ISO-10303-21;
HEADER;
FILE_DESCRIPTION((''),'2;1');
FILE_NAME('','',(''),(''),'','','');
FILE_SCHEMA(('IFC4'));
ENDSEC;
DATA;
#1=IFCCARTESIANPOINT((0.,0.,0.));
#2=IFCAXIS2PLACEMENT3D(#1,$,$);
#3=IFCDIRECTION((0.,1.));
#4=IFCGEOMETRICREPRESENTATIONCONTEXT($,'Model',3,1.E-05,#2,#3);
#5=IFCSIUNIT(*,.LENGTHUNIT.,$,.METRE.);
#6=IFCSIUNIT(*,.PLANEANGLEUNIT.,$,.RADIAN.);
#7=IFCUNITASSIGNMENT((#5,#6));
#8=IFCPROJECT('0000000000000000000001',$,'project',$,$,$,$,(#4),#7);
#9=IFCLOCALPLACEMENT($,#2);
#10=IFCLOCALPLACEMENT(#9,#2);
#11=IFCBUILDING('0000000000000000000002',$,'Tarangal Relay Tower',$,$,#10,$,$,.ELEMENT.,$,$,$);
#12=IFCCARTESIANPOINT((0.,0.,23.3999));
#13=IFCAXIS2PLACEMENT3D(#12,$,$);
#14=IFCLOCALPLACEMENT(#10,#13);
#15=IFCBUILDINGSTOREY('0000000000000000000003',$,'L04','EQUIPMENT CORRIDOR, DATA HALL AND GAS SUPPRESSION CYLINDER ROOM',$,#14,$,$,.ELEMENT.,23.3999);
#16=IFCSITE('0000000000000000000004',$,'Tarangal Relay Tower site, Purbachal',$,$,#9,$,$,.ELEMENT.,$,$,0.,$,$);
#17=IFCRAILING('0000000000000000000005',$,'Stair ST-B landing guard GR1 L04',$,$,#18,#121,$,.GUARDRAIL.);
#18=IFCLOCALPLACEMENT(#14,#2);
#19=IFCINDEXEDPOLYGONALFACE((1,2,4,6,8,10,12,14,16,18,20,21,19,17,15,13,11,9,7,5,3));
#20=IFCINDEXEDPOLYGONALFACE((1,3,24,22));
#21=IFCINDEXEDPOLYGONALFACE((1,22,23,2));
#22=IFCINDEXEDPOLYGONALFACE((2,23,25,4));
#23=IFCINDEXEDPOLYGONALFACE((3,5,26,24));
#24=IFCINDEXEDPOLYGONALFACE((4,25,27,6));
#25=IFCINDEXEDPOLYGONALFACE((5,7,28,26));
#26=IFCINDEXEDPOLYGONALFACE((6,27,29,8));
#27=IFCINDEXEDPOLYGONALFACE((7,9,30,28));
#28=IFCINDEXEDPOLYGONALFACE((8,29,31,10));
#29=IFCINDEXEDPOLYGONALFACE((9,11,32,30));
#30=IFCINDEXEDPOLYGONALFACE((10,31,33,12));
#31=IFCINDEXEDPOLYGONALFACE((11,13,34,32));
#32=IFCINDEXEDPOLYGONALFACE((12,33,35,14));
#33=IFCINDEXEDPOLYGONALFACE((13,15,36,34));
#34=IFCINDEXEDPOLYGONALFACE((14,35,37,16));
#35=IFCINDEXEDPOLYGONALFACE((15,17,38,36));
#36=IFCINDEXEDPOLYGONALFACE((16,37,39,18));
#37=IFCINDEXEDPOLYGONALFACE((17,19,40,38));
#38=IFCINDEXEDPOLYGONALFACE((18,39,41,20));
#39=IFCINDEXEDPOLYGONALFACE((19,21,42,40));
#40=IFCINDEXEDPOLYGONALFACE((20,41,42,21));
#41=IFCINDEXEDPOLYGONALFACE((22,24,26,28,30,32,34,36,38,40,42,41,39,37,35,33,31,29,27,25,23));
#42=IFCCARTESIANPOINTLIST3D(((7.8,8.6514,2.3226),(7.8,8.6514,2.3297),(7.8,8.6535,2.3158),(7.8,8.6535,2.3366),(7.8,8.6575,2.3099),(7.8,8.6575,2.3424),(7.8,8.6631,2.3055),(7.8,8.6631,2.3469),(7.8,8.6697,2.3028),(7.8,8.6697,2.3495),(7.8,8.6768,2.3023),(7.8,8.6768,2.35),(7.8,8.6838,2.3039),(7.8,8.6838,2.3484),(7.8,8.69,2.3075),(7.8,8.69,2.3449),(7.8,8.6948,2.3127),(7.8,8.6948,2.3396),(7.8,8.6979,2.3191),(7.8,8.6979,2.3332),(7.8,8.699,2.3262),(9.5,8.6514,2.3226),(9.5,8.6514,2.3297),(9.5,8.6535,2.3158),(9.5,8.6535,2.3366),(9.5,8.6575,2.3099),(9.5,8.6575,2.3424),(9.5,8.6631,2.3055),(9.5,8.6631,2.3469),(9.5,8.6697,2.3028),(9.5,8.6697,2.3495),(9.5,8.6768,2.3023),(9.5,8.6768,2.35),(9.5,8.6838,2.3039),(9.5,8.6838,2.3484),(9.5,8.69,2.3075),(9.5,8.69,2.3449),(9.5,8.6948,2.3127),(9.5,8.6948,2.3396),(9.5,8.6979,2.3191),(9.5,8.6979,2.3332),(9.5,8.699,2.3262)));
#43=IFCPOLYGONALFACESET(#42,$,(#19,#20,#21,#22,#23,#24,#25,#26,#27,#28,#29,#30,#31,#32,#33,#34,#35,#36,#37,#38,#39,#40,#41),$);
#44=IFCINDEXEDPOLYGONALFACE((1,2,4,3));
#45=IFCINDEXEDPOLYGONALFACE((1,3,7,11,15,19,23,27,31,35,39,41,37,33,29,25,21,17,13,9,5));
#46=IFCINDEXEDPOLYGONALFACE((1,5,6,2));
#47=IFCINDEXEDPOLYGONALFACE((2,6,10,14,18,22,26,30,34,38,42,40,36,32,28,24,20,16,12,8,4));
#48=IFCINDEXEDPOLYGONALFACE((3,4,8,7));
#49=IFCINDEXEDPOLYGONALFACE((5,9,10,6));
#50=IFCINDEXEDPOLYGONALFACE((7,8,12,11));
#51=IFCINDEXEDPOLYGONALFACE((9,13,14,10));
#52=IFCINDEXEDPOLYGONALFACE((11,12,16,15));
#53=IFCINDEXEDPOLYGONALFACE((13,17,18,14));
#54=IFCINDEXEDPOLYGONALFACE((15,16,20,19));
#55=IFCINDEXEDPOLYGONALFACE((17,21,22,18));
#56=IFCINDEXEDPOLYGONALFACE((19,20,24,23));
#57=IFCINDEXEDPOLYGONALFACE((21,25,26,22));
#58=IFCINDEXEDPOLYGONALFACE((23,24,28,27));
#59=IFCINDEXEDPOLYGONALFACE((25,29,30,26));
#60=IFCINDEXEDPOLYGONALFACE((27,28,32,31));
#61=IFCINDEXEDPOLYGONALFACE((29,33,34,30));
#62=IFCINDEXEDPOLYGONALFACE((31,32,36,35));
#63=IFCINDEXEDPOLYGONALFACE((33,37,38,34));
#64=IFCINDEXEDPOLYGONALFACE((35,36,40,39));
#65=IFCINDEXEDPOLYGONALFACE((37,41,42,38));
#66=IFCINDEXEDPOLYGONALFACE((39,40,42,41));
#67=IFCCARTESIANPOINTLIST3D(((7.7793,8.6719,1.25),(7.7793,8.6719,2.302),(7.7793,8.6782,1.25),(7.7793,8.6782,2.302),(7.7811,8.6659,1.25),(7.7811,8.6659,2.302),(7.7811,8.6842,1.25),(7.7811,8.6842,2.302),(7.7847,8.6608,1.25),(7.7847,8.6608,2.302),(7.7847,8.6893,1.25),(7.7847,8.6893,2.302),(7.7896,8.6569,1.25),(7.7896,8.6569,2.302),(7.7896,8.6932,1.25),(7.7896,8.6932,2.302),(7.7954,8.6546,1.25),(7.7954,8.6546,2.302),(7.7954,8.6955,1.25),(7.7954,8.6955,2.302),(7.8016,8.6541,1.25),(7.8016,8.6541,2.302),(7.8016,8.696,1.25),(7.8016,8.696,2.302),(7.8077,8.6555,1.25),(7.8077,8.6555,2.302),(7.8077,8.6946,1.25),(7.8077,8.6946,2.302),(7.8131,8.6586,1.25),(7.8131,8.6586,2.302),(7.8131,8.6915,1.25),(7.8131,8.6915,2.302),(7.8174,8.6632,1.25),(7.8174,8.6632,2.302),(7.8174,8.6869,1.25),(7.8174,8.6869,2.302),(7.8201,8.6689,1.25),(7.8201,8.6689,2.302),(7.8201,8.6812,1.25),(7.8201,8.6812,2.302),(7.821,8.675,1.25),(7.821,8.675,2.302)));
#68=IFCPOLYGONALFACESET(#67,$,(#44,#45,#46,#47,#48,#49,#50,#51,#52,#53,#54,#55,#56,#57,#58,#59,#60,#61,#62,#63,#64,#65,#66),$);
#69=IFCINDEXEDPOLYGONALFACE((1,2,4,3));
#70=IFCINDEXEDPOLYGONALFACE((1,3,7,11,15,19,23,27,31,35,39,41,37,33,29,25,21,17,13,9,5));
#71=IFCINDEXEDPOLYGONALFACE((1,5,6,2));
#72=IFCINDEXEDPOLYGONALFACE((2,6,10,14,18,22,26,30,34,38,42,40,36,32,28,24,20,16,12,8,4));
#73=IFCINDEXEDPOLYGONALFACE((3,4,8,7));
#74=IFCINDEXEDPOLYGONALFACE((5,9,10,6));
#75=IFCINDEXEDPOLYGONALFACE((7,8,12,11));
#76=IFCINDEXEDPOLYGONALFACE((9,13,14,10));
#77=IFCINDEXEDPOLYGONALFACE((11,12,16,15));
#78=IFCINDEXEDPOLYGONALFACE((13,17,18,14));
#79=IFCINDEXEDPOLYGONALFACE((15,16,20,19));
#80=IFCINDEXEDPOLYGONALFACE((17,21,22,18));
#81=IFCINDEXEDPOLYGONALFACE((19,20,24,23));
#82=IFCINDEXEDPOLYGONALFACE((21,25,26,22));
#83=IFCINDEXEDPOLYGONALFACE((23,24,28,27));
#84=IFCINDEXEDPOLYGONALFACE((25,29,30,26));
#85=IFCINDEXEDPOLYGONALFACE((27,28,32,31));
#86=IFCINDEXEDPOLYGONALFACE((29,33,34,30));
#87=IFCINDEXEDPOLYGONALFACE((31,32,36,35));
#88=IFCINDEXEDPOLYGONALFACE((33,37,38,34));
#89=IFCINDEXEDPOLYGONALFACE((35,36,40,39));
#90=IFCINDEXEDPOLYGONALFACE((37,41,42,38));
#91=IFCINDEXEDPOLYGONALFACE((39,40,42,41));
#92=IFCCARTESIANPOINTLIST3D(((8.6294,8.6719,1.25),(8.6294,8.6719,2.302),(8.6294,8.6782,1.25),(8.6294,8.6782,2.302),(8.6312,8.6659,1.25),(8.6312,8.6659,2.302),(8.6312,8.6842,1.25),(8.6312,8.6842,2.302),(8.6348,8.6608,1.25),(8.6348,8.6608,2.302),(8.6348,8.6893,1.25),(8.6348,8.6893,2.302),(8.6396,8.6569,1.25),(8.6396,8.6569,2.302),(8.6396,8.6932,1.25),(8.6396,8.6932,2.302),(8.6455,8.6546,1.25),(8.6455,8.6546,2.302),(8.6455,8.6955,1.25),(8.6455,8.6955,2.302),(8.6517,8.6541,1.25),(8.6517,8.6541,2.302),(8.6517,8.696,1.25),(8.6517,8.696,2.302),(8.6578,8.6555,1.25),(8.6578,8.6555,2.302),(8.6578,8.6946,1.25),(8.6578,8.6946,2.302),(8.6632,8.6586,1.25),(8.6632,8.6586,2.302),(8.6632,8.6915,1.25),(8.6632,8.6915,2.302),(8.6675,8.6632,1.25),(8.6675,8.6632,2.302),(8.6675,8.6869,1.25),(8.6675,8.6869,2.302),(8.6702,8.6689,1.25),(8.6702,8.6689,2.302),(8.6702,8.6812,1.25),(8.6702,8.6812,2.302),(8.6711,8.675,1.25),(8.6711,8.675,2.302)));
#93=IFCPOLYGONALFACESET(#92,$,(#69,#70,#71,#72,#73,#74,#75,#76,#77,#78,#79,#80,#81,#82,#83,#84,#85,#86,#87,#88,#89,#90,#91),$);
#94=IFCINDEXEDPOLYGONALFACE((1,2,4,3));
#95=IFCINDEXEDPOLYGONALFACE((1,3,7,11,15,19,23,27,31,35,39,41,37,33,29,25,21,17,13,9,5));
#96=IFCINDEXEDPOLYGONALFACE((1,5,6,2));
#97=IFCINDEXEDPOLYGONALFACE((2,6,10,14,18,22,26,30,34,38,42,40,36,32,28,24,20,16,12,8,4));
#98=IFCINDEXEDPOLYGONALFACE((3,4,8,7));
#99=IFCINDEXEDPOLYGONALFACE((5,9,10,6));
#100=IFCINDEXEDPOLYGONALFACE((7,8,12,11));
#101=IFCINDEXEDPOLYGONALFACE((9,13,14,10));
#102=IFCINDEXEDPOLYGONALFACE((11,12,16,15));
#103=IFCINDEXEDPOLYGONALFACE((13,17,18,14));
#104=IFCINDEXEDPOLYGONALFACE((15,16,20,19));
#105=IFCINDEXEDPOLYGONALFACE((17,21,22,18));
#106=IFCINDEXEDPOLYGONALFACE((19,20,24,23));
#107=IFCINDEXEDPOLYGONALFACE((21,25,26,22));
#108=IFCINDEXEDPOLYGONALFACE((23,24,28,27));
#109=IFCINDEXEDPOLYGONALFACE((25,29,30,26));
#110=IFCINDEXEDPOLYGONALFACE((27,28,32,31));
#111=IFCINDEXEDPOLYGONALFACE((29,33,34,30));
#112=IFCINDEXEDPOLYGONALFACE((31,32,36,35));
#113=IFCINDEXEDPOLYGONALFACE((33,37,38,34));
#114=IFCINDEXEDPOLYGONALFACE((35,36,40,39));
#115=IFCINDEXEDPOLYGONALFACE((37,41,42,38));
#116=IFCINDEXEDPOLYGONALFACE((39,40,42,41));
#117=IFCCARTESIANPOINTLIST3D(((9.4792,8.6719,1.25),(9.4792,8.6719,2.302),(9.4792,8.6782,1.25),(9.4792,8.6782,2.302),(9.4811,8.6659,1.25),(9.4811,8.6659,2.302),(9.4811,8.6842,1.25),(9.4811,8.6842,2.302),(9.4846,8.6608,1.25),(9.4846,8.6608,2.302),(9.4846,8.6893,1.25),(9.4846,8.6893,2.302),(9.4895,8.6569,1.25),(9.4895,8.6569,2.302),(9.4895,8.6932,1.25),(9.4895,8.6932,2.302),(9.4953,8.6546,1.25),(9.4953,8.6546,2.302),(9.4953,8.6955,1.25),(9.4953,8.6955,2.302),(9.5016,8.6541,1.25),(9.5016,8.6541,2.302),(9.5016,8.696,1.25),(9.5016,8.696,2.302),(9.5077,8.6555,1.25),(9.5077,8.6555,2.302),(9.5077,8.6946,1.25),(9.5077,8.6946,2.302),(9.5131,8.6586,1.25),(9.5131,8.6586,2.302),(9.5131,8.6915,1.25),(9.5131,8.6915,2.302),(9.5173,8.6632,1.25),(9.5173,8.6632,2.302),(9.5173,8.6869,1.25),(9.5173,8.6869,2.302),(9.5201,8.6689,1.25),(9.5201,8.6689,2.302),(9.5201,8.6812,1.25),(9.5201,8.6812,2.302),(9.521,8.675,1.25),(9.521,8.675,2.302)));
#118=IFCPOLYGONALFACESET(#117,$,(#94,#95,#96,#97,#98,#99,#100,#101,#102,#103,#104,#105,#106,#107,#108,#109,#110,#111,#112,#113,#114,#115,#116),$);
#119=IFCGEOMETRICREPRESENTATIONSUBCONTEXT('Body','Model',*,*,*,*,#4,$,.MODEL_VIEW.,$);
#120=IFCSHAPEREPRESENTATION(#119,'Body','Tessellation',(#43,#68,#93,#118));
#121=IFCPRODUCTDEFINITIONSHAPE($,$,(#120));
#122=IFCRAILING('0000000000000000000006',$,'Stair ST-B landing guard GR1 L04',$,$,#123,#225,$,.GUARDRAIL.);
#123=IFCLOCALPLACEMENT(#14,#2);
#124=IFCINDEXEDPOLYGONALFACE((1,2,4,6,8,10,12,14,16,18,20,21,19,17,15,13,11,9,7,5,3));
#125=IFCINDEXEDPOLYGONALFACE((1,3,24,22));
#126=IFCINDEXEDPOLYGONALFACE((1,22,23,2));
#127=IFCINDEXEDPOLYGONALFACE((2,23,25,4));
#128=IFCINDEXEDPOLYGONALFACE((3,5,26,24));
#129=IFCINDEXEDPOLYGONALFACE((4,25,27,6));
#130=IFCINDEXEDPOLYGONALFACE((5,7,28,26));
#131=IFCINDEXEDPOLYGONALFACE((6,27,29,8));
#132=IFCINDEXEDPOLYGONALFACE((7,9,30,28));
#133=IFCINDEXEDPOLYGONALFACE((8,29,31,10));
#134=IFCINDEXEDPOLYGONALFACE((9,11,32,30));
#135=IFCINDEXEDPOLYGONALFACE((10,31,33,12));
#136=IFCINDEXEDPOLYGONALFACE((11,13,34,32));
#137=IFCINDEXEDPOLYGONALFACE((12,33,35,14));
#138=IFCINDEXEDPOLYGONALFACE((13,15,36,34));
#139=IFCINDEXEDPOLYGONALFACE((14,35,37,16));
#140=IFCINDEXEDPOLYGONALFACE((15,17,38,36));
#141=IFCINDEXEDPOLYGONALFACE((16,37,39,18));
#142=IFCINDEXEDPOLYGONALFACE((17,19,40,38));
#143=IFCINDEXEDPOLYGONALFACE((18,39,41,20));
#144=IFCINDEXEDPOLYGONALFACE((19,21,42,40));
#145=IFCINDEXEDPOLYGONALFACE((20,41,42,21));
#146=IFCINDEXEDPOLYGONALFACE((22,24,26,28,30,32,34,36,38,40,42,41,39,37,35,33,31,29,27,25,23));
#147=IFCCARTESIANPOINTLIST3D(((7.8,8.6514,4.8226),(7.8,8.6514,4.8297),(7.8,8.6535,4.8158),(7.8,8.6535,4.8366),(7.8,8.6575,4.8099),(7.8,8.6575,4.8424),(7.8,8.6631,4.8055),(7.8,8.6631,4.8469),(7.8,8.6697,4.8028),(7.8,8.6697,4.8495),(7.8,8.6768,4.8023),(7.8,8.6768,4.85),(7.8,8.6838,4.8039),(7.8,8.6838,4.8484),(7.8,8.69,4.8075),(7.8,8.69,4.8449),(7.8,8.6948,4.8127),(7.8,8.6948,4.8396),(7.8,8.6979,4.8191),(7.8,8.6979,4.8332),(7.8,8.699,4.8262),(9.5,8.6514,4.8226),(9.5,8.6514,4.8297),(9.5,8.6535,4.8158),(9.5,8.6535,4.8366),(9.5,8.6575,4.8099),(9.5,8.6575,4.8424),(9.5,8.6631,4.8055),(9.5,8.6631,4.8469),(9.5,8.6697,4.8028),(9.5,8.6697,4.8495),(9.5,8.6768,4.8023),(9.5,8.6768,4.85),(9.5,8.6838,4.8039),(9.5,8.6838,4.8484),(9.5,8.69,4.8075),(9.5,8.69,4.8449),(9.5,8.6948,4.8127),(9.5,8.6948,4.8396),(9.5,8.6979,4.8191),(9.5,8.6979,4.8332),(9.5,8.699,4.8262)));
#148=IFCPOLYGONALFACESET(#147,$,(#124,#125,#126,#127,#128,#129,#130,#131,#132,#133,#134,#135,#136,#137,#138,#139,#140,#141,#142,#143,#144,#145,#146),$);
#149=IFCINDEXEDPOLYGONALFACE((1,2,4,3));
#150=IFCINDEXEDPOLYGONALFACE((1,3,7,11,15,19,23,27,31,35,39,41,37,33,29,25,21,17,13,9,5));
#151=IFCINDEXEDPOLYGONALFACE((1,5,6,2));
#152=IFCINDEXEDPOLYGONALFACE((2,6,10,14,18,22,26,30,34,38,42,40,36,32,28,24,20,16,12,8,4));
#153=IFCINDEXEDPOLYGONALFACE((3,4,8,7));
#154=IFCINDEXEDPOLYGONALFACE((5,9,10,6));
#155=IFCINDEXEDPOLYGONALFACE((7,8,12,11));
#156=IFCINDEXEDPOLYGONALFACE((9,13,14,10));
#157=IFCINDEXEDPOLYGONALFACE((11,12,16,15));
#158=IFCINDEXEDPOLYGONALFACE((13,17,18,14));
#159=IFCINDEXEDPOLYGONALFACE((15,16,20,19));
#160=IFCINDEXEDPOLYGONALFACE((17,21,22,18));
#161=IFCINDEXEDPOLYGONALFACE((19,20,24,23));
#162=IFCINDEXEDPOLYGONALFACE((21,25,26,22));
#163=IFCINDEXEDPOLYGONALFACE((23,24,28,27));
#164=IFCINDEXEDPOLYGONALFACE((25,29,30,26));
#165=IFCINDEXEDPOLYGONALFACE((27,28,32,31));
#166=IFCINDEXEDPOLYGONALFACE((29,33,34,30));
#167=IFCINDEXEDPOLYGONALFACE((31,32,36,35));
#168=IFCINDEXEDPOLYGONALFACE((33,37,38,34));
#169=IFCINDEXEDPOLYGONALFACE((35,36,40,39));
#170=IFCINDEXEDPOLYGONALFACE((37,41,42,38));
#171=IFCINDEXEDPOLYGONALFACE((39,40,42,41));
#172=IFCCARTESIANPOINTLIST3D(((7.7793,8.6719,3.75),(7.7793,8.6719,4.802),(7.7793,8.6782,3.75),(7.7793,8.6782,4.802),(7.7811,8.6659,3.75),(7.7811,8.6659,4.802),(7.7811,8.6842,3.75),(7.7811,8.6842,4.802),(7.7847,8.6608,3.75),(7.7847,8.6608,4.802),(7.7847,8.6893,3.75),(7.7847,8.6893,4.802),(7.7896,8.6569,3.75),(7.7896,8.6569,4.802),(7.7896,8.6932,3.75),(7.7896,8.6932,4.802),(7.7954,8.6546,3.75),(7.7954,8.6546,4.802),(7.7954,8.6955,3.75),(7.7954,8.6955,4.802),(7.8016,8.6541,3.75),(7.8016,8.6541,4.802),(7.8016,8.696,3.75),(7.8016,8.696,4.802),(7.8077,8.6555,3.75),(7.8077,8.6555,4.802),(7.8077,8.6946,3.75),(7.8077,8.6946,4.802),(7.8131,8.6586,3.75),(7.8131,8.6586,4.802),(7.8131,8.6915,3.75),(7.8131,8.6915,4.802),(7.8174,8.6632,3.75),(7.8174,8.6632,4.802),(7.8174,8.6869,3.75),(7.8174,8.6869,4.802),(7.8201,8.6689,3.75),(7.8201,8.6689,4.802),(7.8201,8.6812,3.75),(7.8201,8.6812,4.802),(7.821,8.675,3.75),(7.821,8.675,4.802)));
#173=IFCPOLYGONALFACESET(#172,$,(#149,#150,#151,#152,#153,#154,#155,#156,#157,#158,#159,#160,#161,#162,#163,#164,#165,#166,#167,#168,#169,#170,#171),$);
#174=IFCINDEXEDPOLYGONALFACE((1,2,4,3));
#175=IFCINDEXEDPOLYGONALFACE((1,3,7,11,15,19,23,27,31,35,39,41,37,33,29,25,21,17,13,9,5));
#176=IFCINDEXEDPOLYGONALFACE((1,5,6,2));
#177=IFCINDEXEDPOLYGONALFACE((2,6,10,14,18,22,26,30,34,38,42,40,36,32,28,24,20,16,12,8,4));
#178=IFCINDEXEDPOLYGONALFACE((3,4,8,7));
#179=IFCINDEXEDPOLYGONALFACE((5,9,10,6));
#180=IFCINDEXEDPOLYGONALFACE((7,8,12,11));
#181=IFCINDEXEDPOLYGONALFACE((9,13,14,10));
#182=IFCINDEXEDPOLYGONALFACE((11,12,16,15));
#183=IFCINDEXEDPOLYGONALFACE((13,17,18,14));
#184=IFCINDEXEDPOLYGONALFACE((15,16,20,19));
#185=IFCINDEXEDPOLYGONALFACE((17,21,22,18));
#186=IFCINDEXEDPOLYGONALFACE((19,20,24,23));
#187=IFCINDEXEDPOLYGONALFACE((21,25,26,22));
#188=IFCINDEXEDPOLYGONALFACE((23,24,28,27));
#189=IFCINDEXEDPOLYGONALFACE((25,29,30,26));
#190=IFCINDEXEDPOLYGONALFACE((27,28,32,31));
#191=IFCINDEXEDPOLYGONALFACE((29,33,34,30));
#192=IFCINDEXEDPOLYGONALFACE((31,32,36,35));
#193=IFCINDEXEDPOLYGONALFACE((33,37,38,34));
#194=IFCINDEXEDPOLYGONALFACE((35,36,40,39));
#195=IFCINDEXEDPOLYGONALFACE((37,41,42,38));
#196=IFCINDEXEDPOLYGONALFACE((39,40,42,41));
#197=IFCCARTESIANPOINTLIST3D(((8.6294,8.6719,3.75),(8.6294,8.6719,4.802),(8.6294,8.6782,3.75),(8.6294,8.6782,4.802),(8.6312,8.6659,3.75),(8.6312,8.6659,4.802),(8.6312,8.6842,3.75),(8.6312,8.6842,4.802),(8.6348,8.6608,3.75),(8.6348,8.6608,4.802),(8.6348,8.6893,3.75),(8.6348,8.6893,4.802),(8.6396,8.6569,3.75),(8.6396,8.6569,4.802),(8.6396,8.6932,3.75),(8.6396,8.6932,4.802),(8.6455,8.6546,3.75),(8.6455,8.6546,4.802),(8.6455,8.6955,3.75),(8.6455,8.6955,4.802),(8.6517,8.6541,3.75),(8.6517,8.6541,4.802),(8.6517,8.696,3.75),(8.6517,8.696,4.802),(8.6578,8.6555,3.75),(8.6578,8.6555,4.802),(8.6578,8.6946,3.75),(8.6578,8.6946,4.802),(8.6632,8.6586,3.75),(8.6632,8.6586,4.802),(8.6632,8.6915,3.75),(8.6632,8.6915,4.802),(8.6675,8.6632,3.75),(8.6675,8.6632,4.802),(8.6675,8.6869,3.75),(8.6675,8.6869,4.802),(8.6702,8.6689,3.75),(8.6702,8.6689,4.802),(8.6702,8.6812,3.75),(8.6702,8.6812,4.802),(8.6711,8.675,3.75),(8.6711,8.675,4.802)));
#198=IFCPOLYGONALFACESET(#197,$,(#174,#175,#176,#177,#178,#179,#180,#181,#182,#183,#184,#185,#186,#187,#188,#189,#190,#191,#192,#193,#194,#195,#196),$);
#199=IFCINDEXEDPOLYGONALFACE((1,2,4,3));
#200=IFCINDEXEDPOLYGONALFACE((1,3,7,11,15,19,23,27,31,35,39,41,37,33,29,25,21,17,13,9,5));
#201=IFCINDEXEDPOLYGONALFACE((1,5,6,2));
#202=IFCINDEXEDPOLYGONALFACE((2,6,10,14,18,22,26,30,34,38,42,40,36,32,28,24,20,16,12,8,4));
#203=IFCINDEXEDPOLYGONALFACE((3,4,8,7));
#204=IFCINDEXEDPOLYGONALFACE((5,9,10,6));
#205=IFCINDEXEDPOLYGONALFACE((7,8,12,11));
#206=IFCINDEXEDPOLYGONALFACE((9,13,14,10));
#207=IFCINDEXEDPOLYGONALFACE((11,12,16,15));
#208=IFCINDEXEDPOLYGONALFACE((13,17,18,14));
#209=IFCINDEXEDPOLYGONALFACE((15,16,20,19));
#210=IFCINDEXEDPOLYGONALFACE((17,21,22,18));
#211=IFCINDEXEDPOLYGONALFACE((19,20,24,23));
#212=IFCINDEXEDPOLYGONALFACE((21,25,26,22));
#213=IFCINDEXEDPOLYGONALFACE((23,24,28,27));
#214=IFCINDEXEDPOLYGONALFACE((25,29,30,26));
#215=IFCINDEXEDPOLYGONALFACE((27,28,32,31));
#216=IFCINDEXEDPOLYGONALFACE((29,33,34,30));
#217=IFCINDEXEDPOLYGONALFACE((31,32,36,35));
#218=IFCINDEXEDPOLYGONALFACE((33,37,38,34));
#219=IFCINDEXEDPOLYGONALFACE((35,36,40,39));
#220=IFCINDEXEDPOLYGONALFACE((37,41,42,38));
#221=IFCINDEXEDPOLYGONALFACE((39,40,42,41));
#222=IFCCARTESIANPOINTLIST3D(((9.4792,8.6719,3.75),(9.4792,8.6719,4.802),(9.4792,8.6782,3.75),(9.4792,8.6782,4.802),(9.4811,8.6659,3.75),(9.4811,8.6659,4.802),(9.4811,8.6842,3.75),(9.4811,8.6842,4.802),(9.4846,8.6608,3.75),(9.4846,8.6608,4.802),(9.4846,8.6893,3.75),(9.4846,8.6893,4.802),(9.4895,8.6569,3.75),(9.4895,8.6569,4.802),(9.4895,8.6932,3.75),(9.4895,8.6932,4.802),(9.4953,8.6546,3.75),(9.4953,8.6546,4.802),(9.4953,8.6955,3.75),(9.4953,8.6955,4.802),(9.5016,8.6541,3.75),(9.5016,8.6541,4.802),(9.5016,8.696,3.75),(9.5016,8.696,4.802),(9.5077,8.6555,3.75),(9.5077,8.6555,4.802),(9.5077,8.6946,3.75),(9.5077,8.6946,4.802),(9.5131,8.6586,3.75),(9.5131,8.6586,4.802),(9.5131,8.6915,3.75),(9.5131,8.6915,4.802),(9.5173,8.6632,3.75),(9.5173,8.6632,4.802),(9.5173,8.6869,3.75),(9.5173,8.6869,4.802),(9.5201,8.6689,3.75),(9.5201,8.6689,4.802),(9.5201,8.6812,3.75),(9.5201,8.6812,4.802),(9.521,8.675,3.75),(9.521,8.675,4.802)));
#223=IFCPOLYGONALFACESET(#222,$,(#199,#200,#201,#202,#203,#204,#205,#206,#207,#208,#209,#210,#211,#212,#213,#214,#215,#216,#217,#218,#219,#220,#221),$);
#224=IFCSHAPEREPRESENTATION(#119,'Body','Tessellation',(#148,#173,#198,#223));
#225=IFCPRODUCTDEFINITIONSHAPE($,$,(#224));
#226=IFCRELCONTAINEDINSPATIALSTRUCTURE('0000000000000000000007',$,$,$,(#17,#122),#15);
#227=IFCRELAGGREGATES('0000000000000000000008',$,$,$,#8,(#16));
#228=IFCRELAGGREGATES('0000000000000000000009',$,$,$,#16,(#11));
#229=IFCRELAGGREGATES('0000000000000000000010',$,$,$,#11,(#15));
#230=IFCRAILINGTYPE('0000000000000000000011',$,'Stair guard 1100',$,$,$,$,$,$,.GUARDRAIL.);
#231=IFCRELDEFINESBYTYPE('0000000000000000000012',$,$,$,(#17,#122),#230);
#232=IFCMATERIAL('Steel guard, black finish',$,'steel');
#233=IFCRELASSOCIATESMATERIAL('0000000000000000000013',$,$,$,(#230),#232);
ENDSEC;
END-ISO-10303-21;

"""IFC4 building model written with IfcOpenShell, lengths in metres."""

from ifc_helpers import new_model, si_unit, direction, frame, origin, origin_2d, place, context, subcontext, project, spatial, circle, extrude, material, type_object, element, save


model = new_model("IFC4")

# Units and contexts
model_context = context("Model", 3, precision=1e-05, world=origin(), true_north=direction((0.0, 1.0)))
body_context = subcontext(model_context, "Body", "Model", "MODEL_VIEW")
ifc_project = project(units=[si_unit("LENGTHUNIT", "METRE"), si_unit("PLANEANGLEUNIT", "RADIAN")], contexts=[model_context])

# Site, building, storey
site_placement = place(None, origin())
site = spatial("IfcSite", under=ifc_project, at=site_placement, Name="Tarangal Relay Tower site, Purbachal", CompositionType="ELEMENT", RefElevation=0.0)
building_placement = place(site_placement, origin())
building = spatial("IfcBuilding", under=site, at=building_placement, Name="Tarangal Relay Tower", CompositionType="ELEMENT")
storey_placement = place(building_placement, frame((0.0, 0.0, 23.3999)))
storey = spatial("IfcBuildingStorey", under=building, at=storey_placement, Name="L04", Description="EQUIPMENT CORRIDOR, DATA HALL AND GAS SUPPRESSION CYLINDER ROOM", CompositionType="ELEMENT", Elevation=23.3999)

# Railings
ifc_material_1 = material(Name="Steel guard, black finish", Category="steel")
railing_type_1 = type_object("IfcRailingType", Name="Stair guard 1100", PredefinedType="GUARDRAIL", material=ifc_material_1)
for number, where, name in (
    (1, (7.8, 8.675, 1.25), "Stair ST-B landing guard GR1 L04"),
    (2, (7.8, 8.675, 3.75), "Stair ST-B landing guard GR1 L04"),
):
    element("IfcRailing", number, at=place(storey_placement, frame(where)), inside=storey, type_object=railing_type_1, Name=name, PredefinedType="GUARDRAIL", context=body_context, shape_type="SweptSolid", body=[
        extrude(circle(Radius=0.0239, at=origin_2d()), frame((0.0, 0.0, 1.0762), z_axis=(1.0, 0.0, 0.0), x_axis=(0.0, 1.0, 0.0)), (0.0, 0.0, 1.0), 1.7),
        extrude(circle(Radius=0.021, at=origin_2d()), origin(), (0.0, 0.0, 1.0), 1.052),
        extrude(circle(Radius=0.021, at=origin_2d()), frame((0.8501, 0.0, 0.0)), (0.0, 0.0, 1.0), 1.052),
        extrude(circle(Radius=0.021, at=origin_2d()), frame((1.7, 0.0, 0.0)), (0.0, 0.0, 1.0), 1.052),
    ])

save(model, "model.ifc")
